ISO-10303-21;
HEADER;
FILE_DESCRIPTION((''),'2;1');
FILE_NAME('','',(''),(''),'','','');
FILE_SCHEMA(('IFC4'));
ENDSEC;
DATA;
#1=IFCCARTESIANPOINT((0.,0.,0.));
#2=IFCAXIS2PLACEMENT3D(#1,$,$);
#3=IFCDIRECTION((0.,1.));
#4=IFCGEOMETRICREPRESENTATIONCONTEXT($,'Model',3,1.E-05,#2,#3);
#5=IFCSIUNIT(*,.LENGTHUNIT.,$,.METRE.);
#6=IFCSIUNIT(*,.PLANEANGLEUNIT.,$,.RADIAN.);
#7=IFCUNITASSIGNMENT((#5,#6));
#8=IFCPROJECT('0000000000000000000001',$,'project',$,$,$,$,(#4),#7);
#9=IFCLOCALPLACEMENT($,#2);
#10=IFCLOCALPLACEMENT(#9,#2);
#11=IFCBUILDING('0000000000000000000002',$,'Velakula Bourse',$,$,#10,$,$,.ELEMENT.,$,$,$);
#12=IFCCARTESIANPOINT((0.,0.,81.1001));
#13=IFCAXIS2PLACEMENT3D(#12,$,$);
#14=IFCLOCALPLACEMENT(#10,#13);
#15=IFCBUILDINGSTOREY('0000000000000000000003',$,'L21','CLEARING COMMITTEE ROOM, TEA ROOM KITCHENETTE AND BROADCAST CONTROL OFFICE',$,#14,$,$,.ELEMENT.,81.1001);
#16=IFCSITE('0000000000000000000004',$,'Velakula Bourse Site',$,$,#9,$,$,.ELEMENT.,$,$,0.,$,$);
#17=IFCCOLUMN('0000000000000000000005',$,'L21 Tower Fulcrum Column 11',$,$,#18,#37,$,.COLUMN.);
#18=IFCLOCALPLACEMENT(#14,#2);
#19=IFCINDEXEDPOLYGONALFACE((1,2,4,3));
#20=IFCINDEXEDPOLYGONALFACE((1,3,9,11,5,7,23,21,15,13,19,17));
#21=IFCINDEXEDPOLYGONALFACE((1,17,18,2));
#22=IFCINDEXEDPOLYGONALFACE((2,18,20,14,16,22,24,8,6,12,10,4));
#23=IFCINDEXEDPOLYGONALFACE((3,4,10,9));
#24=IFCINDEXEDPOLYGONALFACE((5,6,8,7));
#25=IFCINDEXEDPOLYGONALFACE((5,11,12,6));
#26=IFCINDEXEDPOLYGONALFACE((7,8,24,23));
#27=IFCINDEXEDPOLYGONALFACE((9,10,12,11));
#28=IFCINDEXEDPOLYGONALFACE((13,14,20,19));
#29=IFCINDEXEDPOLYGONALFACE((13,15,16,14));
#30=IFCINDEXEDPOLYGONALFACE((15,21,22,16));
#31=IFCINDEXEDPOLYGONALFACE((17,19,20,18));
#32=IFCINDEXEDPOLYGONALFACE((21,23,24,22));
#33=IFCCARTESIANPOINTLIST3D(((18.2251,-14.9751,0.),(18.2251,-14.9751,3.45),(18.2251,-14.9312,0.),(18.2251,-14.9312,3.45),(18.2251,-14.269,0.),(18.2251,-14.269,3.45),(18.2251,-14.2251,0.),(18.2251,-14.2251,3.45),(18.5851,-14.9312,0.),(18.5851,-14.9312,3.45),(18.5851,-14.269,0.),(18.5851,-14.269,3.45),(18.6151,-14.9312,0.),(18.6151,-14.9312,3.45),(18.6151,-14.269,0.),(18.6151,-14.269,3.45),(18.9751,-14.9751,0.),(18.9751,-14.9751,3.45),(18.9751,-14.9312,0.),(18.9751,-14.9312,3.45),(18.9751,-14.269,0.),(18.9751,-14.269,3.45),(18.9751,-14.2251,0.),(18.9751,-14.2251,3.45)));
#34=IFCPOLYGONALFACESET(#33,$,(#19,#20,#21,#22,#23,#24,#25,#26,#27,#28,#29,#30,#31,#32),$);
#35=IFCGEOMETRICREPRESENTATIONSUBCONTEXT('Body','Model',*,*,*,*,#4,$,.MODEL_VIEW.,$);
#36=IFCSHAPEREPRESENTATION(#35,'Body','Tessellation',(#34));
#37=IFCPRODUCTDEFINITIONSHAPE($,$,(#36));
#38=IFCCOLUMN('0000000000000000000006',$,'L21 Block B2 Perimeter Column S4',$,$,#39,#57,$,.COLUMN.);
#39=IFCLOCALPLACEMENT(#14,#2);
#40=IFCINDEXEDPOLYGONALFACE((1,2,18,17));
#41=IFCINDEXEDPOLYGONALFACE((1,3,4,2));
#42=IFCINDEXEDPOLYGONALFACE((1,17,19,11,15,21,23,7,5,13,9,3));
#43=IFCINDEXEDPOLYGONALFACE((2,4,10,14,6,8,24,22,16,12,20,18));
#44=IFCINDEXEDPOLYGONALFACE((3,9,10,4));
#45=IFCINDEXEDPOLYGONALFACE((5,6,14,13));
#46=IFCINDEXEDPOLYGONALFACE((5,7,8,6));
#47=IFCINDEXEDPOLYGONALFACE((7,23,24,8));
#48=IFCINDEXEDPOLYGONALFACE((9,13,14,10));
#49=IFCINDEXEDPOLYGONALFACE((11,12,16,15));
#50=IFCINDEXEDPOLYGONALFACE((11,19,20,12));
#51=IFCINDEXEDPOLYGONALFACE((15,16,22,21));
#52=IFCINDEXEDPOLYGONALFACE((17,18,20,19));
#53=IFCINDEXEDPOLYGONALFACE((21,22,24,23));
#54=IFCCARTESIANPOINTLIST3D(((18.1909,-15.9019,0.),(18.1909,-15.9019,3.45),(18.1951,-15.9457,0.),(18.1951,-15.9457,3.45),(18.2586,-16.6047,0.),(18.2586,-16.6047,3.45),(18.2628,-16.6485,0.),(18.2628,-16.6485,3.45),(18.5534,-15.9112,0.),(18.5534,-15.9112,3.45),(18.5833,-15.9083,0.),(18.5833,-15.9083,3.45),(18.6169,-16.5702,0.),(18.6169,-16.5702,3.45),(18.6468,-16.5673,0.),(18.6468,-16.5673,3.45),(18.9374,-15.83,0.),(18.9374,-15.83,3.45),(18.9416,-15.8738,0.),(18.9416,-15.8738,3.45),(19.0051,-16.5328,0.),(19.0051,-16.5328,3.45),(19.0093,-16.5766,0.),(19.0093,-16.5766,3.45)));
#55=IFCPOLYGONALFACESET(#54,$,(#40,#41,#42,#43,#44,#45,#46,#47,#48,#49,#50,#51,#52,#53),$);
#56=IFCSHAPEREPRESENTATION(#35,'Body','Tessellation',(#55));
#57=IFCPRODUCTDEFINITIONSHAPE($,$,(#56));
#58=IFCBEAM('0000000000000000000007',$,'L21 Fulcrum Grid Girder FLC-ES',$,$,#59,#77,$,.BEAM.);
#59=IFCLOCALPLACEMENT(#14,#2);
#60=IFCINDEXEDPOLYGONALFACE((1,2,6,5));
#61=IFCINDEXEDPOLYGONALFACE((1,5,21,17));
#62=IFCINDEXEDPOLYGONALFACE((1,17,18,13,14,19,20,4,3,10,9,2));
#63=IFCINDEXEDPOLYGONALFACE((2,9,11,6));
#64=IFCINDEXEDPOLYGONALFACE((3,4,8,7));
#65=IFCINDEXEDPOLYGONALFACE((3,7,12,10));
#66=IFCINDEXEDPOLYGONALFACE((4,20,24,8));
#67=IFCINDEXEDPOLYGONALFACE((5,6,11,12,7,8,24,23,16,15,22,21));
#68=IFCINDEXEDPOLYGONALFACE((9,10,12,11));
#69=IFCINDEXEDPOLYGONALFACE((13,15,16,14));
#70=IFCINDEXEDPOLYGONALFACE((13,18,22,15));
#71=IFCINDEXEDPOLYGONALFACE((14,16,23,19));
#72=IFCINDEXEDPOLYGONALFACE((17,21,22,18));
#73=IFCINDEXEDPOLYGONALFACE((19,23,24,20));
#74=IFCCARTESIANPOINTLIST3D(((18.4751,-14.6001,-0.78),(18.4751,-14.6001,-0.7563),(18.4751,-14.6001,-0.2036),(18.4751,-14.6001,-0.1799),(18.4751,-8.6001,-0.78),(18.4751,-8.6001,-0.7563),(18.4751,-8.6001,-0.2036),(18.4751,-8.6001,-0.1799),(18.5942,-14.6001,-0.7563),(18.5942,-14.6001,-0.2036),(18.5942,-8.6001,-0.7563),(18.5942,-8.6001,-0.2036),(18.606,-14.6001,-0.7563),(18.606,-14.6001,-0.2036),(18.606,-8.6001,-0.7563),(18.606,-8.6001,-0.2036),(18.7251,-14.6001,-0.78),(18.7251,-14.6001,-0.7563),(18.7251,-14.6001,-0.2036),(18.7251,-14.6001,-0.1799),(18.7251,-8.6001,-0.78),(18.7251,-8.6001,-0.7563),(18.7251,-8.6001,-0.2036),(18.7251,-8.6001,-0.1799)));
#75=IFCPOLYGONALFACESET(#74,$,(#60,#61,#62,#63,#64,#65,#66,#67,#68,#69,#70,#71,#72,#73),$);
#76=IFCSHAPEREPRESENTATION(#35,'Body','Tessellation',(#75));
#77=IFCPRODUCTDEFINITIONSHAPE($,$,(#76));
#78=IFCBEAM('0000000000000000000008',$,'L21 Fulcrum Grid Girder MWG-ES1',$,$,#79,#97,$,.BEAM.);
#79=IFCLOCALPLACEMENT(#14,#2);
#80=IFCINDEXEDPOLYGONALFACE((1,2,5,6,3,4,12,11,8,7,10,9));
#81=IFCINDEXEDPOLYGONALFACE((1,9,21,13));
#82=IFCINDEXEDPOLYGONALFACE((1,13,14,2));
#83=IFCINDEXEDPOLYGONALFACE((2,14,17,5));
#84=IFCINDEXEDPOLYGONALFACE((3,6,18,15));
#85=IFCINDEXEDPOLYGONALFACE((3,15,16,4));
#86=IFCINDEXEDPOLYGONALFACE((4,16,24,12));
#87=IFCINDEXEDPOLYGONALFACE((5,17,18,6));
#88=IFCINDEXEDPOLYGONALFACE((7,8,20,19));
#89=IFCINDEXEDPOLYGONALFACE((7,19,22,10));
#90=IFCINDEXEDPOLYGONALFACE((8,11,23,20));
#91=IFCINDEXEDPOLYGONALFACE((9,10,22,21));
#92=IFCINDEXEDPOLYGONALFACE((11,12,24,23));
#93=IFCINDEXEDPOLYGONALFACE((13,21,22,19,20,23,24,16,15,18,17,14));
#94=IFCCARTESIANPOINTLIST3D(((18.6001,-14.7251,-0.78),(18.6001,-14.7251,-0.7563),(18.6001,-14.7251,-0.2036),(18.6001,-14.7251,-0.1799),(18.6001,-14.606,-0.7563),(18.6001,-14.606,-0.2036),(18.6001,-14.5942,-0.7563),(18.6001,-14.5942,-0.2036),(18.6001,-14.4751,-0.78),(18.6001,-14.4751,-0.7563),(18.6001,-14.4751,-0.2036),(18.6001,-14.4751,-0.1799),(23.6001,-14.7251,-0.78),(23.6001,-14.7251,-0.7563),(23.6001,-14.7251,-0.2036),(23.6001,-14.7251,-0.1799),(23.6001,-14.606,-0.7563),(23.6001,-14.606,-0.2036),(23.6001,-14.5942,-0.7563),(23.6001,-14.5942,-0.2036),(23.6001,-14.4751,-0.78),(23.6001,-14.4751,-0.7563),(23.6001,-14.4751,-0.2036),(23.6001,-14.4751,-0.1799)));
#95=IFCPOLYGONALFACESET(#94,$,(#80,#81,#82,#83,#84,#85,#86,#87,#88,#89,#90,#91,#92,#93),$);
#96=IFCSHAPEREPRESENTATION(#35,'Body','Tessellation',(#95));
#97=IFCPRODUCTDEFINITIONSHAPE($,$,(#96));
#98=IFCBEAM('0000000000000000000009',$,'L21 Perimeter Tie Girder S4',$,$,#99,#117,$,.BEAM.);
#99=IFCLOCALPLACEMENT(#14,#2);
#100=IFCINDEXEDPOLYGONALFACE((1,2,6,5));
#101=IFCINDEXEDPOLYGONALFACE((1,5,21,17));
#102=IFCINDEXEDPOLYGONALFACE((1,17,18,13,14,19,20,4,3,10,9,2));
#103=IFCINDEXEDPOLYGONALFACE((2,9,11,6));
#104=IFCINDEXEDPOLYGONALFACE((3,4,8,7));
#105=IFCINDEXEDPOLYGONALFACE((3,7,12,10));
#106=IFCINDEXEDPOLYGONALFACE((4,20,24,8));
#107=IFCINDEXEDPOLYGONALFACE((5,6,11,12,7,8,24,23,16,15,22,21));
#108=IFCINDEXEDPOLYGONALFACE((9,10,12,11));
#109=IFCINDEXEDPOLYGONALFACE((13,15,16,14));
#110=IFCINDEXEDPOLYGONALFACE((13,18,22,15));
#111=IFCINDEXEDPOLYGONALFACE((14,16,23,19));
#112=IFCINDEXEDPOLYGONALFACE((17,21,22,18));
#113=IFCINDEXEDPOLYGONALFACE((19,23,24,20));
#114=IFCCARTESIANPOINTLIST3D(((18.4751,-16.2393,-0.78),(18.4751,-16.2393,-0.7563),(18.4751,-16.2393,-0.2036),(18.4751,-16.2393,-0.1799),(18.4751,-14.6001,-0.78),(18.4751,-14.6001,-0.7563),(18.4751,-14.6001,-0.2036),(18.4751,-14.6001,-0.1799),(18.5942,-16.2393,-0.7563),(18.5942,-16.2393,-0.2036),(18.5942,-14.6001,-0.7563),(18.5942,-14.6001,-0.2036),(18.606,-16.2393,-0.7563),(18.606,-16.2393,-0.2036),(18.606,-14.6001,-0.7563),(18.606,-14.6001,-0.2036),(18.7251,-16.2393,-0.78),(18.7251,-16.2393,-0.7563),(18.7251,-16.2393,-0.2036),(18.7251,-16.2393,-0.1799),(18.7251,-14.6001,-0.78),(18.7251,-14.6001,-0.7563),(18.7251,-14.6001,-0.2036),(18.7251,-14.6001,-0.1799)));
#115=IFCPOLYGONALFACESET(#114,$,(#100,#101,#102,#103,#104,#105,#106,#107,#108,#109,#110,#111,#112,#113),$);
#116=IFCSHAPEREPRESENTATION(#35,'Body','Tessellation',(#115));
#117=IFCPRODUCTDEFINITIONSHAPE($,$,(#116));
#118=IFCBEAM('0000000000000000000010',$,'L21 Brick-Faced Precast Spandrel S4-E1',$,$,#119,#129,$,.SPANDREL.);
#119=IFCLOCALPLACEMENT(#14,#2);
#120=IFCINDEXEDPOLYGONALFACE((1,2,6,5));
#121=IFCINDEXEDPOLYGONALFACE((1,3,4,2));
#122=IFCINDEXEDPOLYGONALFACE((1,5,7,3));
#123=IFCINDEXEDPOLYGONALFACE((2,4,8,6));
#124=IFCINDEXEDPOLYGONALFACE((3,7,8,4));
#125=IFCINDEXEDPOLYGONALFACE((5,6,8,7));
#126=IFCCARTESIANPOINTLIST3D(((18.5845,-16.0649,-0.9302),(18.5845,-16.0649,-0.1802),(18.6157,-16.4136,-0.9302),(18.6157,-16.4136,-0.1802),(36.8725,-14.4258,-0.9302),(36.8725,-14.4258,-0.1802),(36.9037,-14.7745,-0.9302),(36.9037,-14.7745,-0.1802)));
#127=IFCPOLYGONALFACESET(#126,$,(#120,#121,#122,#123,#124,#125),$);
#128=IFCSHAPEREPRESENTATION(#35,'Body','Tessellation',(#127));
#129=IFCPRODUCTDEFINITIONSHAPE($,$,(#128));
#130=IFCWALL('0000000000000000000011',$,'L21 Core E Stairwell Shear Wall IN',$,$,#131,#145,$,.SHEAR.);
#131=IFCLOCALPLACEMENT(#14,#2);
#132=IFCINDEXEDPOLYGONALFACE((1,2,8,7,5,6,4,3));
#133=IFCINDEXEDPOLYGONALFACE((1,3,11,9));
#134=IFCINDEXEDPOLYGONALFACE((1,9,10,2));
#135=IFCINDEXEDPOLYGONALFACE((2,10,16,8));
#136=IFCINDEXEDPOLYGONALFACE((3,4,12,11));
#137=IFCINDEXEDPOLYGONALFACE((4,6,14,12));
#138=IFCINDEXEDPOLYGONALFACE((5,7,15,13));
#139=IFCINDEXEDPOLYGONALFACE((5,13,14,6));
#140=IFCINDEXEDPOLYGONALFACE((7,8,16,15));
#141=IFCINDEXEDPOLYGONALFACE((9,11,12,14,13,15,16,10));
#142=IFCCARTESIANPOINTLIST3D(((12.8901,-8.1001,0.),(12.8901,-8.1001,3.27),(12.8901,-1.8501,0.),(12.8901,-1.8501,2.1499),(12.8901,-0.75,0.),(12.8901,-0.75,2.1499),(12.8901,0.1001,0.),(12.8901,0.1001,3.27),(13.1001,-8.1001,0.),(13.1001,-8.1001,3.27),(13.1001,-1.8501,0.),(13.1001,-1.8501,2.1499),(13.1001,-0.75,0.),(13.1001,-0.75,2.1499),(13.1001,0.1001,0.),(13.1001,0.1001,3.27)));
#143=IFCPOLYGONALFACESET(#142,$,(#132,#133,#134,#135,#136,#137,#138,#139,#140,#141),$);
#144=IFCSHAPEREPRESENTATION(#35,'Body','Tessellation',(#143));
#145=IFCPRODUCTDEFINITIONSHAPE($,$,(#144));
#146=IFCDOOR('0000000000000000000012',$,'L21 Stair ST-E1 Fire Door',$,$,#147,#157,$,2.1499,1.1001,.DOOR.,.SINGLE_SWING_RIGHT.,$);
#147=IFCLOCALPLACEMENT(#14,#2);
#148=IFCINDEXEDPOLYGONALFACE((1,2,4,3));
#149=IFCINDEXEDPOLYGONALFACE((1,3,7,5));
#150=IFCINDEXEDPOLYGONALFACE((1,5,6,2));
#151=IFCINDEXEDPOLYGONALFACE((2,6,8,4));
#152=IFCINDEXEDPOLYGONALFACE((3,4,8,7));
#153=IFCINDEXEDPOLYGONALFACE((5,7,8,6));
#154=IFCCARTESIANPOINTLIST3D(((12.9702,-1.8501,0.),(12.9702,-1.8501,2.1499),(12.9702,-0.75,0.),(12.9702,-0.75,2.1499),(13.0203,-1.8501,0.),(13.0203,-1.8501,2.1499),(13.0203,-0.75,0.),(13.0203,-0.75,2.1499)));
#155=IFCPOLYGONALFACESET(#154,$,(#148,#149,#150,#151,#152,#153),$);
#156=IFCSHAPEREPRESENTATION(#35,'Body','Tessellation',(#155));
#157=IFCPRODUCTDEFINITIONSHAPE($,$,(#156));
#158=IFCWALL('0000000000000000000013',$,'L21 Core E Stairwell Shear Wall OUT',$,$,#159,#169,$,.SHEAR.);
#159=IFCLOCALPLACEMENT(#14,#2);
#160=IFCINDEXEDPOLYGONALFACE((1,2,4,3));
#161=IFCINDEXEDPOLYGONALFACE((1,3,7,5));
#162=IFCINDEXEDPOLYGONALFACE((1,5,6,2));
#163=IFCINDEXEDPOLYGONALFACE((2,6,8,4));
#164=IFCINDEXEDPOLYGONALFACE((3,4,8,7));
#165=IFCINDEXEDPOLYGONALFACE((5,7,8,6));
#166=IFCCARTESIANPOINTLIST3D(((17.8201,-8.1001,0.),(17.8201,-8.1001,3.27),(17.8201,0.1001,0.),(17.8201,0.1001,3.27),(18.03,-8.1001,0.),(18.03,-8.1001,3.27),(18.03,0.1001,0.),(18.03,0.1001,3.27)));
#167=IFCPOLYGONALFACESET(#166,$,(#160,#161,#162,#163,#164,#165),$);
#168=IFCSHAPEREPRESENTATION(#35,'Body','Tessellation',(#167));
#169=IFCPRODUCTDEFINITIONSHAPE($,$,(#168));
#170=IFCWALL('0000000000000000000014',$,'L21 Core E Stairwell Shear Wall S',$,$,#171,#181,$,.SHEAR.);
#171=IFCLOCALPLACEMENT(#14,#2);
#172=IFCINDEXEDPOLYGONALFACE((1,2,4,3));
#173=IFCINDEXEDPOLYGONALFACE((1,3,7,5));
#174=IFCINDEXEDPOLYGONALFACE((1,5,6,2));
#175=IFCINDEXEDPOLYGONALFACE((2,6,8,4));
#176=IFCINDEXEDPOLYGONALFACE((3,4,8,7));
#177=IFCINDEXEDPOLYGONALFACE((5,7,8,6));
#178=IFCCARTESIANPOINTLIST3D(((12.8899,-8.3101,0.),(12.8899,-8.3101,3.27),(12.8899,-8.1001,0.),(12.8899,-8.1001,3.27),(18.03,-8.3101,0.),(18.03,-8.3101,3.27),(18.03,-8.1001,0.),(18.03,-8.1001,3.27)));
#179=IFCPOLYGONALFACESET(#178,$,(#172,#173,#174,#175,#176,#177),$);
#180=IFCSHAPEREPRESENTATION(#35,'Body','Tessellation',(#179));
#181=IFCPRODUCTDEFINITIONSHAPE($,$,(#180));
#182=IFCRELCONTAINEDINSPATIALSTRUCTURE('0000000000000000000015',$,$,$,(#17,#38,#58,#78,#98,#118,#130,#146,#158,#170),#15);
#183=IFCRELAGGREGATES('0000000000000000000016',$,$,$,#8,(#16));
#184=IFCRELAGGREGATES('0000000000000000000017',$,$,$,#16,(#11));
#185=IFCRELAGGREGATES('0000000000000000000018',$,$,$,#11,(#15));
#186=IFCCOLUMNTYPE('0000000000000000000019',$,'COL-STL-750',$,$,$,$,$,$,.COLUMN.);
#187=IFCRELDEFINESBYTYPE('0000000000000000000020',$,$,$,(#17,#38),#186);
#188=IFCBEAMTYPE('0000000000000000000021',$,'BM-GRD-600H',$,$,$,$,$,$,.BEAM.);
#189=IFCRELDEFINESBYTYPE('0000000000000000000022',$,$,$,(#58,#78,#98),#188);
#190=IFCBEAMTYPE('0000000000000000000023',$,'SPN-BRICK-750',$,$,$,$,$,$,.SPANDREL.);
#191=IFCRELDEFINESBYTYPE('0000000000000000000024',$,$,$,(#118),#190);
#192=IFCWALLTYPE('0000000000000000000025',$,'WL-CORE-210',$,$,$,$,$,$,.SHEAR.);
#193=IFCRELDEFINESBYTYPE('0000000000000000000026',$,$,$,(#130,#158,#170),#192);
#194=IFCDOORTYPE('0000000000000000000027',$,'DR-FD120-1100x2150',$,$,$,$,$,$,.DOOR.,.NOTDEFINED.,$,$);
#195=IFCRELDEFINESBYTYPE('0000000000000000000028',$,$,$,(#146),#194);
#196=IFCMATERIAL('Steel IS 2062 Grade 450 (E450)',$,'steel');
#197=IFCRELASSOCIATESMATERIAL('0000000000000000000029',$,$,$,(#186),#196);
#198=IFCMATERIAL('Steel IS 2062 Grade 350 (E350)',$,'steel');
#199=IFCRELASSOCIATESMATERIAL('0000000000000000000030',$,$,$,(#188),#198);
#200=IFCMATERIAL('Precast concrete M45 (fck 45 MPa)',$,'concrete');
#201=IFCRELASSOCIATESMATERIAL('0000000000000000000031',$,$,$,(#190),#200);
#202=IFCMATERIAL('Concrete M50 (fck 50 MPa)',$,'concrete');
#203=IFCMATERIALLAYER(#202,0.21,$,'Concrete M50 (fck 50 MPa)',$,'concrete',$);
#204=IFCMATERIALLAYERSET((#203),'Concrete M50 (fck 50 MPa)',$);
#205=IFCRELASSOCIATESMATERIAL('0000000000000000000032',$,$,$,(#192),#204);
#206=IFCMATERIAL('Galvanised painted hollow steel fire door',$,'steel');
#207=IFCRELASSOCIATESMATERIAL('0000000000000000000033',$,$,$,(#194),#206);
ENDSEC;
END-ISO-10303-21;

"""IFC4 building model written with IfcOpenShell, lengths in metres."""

from ifc_helpers import new_model, si_unit, direction, frame, frame_2d, origin, origin_2d, place, context, subcontext, project, spatial, rectangle, i_section, extrude, material, layer, layer_set, material_profile, profile_set, type_object, element, fill, save


model = new_model("IFC4")

# Units and contexts
model_context = context("Model", 3, precision=1e-05, world=origin(), true_north=direction((0.0, 1.0)))
body_context = subcontext(model_context, "Body", "Model", "MODEL_VIEW")
ifc_project = project(units=[si_unit("LENGTHUNIT", "METRE"), si_unit("PLANEANGLEUNIT", "RADIAN")], contexts=[model_context])

# Site, building, storey
site_placement = place(None, origin())
site = spatial("IfcSite", under=ifc_project, at=site_placement, Name="Velakula Bourse Site", CompositionType="ELEMENT", RefElevation=0.0)
building_placement = place(site_placement, origin())
building = spatial("IfcBuilding", under=site, at=building_placement, Name="Velakula Bourse", CompositionType="ELEMENT")
storey_placement = place(building_placement, frame((0.0, 0.0, 81.1001)))
storey = spatial("IfcBuildingStorey", under=building, at=storey_placement, Name="L21", Description="CLEARING COMMITTEE ROOM, TEA ROOM KITCHENETTE AND BROADCAST CONTROL OFFICE", CompositionType="ELEMENT", Elevation=81.1001)

# Columns
ifc_material_1 = material(Name="Steel IS 2062 Grade 450 (E450)", Category="steel")
ifc_material_profile_1 = material_profile(ifc_material_1, i_section(OverallWidth=0.75, OverallDepth=0.75, WebThickness=0.03, FlangeThickness=0.0439, at=origin_2d()), Name="Steel IS 2062 Grade 450 (E450)")
ifc_profile_set_1 = profile_set([ifc_material_profile_1], Name="Steel IS 2062 Grade 450 (E450)")
column_type = type_object("IfcColumnType", Name="COL-STL-750", PredefinedType="COLUMN", material=ifc_profile_set_1)
for number, where, z_axis, x_axis, name in (
    (1, (18.6001, -14.6001, 0.0), (0.0, 0.0, 1.0), (1.0, 0.0, 0.0), "L21 Tower Fulcrum Column 11"),
    (2, (18.6001, -16.2393, 0.0), (0.0, 0.0, 1.0), (0.995396, 0.095846, 0.0), "L21 Block B2 Perimeter Column S4"),
):
    element("IfcColumn", number, at=place(storey_placement, frame(where, z_axis=z_axis, x_axis=x_axis)), inside=storey, type_object=column_type, Name=name, PredefinedType="COLUMN", context=body_context, shape_type="SweptSolid", body=[
        extrude(i_section(OverallWidth=0.75, OverallDepth=0.75, WebThickness=0.03, FlangeThickness=0.0439, at=origin_2d()), origin(), (0.0, 0.0, 1.0), 3.45),
    ])

# Beams
ifc_material_2 = material(Name="Steel IS 2062 Grade 350 (E350)", Category="steel")
ifc_material_profile_2 = material_profile(ifc_material_2, i_section(OverallWidth=0.25, OverallDepth=0.6001, WebThickness=0.0117, FlangeThickness=0.0237, at=origin_2d()), Name="Steel IS 2062 Grade 350 (E350)")
ifc_profile_set_2 = profile_set([ifc_material_profile_2], Name="Steel IS 2062 Grade 350 (E350)")
beam_type_1 = type_object("IfcBeamType", Name="BM-GRD-600H", PredefinedType="BEAM", material=ifc_profile_set_2)
beam_1_placement = place(storey_placement, frame((18.6001, -14.6001, -0.48), z_axis=(0.0, 1.0, 0.0), x_axis=(-1.0, 0.0, 0.0)))
element("IfcBeam", 3, at=beam_1_placement, inside=storey, type_object=beam_type_1, Name="L21 Fulcrum Grid Girder FLC-ES", PredefinedType="BEAM", context=body_context, shape_type="SweptSolid", body=[
    extrude(i_section(OverallWidth=0.25, OverallDepth=0.6001, WebThickness=0.0117, FlangeThickness=0.0237, at=origin_2d()), origin(), (0.0, 0.0, 1.0), 6.0),
])
beam_2_placement = place(storey_placement, frame((18.6001, -14.6001, -0.48), z_axis=(1.0, 0.0, 0.0), x_axis=(0.0, 1.0, 0.0)))
element("IfcBeam", 4, at=beam_2_placement, inside=storey, type_object=beam_type_1, Name="L21 Fulcrum Grid Girder MWG-ES1", PredefinedType="BEAM", context=body_context, shape_type="SweptSolid", body=[
    extrude(i_section(OverallWidth=0.25, OverallDepth=0.6001, WebThickness=0.0117, FlangeThickness=0.0237, at=origin_2d()), origin(), (0.0, 0.0, 1.0), 5.0),
])
beam_3_placement = place(storey_placement, frame((18.6001, -14.6001, -0.48), z_axis=(0.0, -1.0, 0.0), x_axis=(1.0, 0.0, 0.0)))
element("IfcBeam", 5, at=beam_3_placement, inside=storey, type_object=beam_type_1, Name="L21 Perimeter Tie Girder S4", PredefinedType="BEAM", context=body_context, shape_type="SweptSolid", body=[
    extrude(i_section(OverallWidth=0.25, OverallDepth=0.6001, WebThickness=0.0117, FlangeThickness=0.0237, at=origin_2d()), origin(), (0.0, 0.0, 1.0), 1.6392),
])
ifc_material_3 = material(Name="Precast concrete M45 (fck 45 MPa)", Category="concrete")
ifc_material_profile_3 = material_profile(ifc_material_3, rectangle(XDim=0.3501, YDim=0.75, at=origin_2d()), Name="Precast concrete M45 (fck 45 MPa)")
ifc_profile_set_3 = profile_set([ifc_material_profile_3], Name="Precast concrete M45 (fck 45 MPa)")
beam_type_2 = type_object("IfcBeamType", Name="SPN-BRICK-750", PredefinedType="SPANDREL", material=ifc_profile_set_3)
beam_4_placement = place(storey_placement, frame((18.6001, -16.2393, -0.5552), z_axis=(0.996007, 0.089272, 0.0), x_axis=(-0.089272, 0.996007, 0.0)))
element("IfcBeam", 6, at=beam_4_placement, inside=storey, type_object=beam_type_2, Name="L21 Brick-Faced Precast Spandrel S4-E1", PredefinedType="SPANDREL", context=body_context, shape_type="SweptSolid", body=[
    extrude(rectangle(XDim=0.3501, YDim=0.75, at=origin_2d()), origin(), (0.0, 0.0, 1.0), 18.3613),
])

# Wall, opening, door
ifc_material_4 = material(Name="Concrete M50 (fck 50 MPa)", Category="concrete")
ifc_layer_1 = layer(ifc_material_4, 0.21, Name="Concrete M50 (fck 50 MPa)", Category="concrete")
ifc_layer_set_1 = layer_set([ifc_layer_1], Name="Concrete M50 (fck 50 MPa)")
wall_type_1 = type_object("IfcWallType", Name="WL-CORE-210", PredefinedType="SHEAR", material=ifc_layer_set_1)
wall_1_placement = place(storey_placement, frame((12.9951, -8.1001, 0.0), z_axis=(0.0, 0.0, 1.0), x_axis=(0.0, 1.0, 0.0)))
wall_1 = element("IfcWall", 7, at=wall_1_placement, inside=storey, type_object=wall_type_1, Name="L21 Core E Stairwell Shear Wall IN", PredefinedType="SHEAR", context=body_context, shape_type="SweptSolid", body=[
    extrude(rectangle(XDim=8.2002, YDim=0.21, at=frame_2d((4.1001, 0.0))), origin(), (0.0, 0.0, 1.0), 3.27),
])
opening_1_placement = place(wall_1_placement, frame((6.25, 0.0, 0.0)))
opening_1 = element("IfcOpeningElement", 8, at=opening_1_placement, cuts=wall_1, PredefinedType="OPENING", context=body_context, shape_type="SweptSolid", body=[
    extrude(rectangle(XDim=1.1001, YDim=2.1499, at=frame_2d((0.55, 1.075))), frame((0.0, 0.115, 0.0), z_axis=(0.0, -1.0, 0.0), x_axis=(1.0, 0.0, 0.0)), (0.0, 0.0, 1.0), 0.23),
])
ifc_material_5 = material(Name="Galvanised painted hollow steel fire door", Category="steel")
door_type = type_object("IfcDoorType", Name="DR-FD120-1100x2150", OperationType="NOTDEFINED", PredefinedType="DOOR", material=ifc_material_5)
door_placement = place(opening_1_placement, origin())
door = element("IfcDoor", 9, at=door_placement, inside=storey, type_object=door_type, Name="L21 Stair ST-E1 Fire Door", OperationType="SINGLE_SWING_RIGHT", OverallHeight=2.1499, OverallWidth=1.1001, PredefinedType="DOOR", context=body_context, shape_type="SweptSolid", body=[
    extrude(rectangle(XDim=1.1001, YDim=2.1499, at=frame_2d((0.55, 1.075))), frame((0.0, 0.0249, 0.0), z_axis=(0.0, -1.0, 0.0), x_axis=(1.0, 0.0, 0.0)), (0.0, 0.0, 1.0), 0.05),
])
fill(opening_1, door)

# Walls
wall_2_placement = place(storey_placement, frame((17.925, -8.1001, 0.0), z_axis=(0.0, 0.0, 1.0), x_axis=(0.0, 1.0, 0.0)))
element("IfcWall", 10, at=wall_2_placement, inside=storey, type_object=wall_type_1, Name="L21 Core E Stairwell Shear Wall OUT", PredefinedType="SHEAR", context=body_context, shape_type="SweptSolid", body=[
    extrude(rectangle(XDim=8.2002, YDim=0.21, at=frame_2d((4.1001, 0.0))), origin(), (0.0, 0.0, 1.0), 3.27),
])
wall_3_placement = place(storey_placement, frame((12.8899, -8.2051, 0.0), z_axis=(0.0, 0.0, 1.0), x_axis=(1.0, 0.0, 0.0)))
element("IfcWall", 11, at=wall_3_placement, inside=storey, type_object=wall_type_1, Name="L21 Core E Stairwell Shear Wall S", PredefinedType="SHEAR", context=body_context, shape_type="SweptSolid", body=[
    extrude(rectangle(XDim=5.1401, YDim=0.21, at=frame_2d((2.5701, 0.0))), origin(), (0.0, 0.0, 1.0), 3.27),
])

save(model, "model.ifc")
